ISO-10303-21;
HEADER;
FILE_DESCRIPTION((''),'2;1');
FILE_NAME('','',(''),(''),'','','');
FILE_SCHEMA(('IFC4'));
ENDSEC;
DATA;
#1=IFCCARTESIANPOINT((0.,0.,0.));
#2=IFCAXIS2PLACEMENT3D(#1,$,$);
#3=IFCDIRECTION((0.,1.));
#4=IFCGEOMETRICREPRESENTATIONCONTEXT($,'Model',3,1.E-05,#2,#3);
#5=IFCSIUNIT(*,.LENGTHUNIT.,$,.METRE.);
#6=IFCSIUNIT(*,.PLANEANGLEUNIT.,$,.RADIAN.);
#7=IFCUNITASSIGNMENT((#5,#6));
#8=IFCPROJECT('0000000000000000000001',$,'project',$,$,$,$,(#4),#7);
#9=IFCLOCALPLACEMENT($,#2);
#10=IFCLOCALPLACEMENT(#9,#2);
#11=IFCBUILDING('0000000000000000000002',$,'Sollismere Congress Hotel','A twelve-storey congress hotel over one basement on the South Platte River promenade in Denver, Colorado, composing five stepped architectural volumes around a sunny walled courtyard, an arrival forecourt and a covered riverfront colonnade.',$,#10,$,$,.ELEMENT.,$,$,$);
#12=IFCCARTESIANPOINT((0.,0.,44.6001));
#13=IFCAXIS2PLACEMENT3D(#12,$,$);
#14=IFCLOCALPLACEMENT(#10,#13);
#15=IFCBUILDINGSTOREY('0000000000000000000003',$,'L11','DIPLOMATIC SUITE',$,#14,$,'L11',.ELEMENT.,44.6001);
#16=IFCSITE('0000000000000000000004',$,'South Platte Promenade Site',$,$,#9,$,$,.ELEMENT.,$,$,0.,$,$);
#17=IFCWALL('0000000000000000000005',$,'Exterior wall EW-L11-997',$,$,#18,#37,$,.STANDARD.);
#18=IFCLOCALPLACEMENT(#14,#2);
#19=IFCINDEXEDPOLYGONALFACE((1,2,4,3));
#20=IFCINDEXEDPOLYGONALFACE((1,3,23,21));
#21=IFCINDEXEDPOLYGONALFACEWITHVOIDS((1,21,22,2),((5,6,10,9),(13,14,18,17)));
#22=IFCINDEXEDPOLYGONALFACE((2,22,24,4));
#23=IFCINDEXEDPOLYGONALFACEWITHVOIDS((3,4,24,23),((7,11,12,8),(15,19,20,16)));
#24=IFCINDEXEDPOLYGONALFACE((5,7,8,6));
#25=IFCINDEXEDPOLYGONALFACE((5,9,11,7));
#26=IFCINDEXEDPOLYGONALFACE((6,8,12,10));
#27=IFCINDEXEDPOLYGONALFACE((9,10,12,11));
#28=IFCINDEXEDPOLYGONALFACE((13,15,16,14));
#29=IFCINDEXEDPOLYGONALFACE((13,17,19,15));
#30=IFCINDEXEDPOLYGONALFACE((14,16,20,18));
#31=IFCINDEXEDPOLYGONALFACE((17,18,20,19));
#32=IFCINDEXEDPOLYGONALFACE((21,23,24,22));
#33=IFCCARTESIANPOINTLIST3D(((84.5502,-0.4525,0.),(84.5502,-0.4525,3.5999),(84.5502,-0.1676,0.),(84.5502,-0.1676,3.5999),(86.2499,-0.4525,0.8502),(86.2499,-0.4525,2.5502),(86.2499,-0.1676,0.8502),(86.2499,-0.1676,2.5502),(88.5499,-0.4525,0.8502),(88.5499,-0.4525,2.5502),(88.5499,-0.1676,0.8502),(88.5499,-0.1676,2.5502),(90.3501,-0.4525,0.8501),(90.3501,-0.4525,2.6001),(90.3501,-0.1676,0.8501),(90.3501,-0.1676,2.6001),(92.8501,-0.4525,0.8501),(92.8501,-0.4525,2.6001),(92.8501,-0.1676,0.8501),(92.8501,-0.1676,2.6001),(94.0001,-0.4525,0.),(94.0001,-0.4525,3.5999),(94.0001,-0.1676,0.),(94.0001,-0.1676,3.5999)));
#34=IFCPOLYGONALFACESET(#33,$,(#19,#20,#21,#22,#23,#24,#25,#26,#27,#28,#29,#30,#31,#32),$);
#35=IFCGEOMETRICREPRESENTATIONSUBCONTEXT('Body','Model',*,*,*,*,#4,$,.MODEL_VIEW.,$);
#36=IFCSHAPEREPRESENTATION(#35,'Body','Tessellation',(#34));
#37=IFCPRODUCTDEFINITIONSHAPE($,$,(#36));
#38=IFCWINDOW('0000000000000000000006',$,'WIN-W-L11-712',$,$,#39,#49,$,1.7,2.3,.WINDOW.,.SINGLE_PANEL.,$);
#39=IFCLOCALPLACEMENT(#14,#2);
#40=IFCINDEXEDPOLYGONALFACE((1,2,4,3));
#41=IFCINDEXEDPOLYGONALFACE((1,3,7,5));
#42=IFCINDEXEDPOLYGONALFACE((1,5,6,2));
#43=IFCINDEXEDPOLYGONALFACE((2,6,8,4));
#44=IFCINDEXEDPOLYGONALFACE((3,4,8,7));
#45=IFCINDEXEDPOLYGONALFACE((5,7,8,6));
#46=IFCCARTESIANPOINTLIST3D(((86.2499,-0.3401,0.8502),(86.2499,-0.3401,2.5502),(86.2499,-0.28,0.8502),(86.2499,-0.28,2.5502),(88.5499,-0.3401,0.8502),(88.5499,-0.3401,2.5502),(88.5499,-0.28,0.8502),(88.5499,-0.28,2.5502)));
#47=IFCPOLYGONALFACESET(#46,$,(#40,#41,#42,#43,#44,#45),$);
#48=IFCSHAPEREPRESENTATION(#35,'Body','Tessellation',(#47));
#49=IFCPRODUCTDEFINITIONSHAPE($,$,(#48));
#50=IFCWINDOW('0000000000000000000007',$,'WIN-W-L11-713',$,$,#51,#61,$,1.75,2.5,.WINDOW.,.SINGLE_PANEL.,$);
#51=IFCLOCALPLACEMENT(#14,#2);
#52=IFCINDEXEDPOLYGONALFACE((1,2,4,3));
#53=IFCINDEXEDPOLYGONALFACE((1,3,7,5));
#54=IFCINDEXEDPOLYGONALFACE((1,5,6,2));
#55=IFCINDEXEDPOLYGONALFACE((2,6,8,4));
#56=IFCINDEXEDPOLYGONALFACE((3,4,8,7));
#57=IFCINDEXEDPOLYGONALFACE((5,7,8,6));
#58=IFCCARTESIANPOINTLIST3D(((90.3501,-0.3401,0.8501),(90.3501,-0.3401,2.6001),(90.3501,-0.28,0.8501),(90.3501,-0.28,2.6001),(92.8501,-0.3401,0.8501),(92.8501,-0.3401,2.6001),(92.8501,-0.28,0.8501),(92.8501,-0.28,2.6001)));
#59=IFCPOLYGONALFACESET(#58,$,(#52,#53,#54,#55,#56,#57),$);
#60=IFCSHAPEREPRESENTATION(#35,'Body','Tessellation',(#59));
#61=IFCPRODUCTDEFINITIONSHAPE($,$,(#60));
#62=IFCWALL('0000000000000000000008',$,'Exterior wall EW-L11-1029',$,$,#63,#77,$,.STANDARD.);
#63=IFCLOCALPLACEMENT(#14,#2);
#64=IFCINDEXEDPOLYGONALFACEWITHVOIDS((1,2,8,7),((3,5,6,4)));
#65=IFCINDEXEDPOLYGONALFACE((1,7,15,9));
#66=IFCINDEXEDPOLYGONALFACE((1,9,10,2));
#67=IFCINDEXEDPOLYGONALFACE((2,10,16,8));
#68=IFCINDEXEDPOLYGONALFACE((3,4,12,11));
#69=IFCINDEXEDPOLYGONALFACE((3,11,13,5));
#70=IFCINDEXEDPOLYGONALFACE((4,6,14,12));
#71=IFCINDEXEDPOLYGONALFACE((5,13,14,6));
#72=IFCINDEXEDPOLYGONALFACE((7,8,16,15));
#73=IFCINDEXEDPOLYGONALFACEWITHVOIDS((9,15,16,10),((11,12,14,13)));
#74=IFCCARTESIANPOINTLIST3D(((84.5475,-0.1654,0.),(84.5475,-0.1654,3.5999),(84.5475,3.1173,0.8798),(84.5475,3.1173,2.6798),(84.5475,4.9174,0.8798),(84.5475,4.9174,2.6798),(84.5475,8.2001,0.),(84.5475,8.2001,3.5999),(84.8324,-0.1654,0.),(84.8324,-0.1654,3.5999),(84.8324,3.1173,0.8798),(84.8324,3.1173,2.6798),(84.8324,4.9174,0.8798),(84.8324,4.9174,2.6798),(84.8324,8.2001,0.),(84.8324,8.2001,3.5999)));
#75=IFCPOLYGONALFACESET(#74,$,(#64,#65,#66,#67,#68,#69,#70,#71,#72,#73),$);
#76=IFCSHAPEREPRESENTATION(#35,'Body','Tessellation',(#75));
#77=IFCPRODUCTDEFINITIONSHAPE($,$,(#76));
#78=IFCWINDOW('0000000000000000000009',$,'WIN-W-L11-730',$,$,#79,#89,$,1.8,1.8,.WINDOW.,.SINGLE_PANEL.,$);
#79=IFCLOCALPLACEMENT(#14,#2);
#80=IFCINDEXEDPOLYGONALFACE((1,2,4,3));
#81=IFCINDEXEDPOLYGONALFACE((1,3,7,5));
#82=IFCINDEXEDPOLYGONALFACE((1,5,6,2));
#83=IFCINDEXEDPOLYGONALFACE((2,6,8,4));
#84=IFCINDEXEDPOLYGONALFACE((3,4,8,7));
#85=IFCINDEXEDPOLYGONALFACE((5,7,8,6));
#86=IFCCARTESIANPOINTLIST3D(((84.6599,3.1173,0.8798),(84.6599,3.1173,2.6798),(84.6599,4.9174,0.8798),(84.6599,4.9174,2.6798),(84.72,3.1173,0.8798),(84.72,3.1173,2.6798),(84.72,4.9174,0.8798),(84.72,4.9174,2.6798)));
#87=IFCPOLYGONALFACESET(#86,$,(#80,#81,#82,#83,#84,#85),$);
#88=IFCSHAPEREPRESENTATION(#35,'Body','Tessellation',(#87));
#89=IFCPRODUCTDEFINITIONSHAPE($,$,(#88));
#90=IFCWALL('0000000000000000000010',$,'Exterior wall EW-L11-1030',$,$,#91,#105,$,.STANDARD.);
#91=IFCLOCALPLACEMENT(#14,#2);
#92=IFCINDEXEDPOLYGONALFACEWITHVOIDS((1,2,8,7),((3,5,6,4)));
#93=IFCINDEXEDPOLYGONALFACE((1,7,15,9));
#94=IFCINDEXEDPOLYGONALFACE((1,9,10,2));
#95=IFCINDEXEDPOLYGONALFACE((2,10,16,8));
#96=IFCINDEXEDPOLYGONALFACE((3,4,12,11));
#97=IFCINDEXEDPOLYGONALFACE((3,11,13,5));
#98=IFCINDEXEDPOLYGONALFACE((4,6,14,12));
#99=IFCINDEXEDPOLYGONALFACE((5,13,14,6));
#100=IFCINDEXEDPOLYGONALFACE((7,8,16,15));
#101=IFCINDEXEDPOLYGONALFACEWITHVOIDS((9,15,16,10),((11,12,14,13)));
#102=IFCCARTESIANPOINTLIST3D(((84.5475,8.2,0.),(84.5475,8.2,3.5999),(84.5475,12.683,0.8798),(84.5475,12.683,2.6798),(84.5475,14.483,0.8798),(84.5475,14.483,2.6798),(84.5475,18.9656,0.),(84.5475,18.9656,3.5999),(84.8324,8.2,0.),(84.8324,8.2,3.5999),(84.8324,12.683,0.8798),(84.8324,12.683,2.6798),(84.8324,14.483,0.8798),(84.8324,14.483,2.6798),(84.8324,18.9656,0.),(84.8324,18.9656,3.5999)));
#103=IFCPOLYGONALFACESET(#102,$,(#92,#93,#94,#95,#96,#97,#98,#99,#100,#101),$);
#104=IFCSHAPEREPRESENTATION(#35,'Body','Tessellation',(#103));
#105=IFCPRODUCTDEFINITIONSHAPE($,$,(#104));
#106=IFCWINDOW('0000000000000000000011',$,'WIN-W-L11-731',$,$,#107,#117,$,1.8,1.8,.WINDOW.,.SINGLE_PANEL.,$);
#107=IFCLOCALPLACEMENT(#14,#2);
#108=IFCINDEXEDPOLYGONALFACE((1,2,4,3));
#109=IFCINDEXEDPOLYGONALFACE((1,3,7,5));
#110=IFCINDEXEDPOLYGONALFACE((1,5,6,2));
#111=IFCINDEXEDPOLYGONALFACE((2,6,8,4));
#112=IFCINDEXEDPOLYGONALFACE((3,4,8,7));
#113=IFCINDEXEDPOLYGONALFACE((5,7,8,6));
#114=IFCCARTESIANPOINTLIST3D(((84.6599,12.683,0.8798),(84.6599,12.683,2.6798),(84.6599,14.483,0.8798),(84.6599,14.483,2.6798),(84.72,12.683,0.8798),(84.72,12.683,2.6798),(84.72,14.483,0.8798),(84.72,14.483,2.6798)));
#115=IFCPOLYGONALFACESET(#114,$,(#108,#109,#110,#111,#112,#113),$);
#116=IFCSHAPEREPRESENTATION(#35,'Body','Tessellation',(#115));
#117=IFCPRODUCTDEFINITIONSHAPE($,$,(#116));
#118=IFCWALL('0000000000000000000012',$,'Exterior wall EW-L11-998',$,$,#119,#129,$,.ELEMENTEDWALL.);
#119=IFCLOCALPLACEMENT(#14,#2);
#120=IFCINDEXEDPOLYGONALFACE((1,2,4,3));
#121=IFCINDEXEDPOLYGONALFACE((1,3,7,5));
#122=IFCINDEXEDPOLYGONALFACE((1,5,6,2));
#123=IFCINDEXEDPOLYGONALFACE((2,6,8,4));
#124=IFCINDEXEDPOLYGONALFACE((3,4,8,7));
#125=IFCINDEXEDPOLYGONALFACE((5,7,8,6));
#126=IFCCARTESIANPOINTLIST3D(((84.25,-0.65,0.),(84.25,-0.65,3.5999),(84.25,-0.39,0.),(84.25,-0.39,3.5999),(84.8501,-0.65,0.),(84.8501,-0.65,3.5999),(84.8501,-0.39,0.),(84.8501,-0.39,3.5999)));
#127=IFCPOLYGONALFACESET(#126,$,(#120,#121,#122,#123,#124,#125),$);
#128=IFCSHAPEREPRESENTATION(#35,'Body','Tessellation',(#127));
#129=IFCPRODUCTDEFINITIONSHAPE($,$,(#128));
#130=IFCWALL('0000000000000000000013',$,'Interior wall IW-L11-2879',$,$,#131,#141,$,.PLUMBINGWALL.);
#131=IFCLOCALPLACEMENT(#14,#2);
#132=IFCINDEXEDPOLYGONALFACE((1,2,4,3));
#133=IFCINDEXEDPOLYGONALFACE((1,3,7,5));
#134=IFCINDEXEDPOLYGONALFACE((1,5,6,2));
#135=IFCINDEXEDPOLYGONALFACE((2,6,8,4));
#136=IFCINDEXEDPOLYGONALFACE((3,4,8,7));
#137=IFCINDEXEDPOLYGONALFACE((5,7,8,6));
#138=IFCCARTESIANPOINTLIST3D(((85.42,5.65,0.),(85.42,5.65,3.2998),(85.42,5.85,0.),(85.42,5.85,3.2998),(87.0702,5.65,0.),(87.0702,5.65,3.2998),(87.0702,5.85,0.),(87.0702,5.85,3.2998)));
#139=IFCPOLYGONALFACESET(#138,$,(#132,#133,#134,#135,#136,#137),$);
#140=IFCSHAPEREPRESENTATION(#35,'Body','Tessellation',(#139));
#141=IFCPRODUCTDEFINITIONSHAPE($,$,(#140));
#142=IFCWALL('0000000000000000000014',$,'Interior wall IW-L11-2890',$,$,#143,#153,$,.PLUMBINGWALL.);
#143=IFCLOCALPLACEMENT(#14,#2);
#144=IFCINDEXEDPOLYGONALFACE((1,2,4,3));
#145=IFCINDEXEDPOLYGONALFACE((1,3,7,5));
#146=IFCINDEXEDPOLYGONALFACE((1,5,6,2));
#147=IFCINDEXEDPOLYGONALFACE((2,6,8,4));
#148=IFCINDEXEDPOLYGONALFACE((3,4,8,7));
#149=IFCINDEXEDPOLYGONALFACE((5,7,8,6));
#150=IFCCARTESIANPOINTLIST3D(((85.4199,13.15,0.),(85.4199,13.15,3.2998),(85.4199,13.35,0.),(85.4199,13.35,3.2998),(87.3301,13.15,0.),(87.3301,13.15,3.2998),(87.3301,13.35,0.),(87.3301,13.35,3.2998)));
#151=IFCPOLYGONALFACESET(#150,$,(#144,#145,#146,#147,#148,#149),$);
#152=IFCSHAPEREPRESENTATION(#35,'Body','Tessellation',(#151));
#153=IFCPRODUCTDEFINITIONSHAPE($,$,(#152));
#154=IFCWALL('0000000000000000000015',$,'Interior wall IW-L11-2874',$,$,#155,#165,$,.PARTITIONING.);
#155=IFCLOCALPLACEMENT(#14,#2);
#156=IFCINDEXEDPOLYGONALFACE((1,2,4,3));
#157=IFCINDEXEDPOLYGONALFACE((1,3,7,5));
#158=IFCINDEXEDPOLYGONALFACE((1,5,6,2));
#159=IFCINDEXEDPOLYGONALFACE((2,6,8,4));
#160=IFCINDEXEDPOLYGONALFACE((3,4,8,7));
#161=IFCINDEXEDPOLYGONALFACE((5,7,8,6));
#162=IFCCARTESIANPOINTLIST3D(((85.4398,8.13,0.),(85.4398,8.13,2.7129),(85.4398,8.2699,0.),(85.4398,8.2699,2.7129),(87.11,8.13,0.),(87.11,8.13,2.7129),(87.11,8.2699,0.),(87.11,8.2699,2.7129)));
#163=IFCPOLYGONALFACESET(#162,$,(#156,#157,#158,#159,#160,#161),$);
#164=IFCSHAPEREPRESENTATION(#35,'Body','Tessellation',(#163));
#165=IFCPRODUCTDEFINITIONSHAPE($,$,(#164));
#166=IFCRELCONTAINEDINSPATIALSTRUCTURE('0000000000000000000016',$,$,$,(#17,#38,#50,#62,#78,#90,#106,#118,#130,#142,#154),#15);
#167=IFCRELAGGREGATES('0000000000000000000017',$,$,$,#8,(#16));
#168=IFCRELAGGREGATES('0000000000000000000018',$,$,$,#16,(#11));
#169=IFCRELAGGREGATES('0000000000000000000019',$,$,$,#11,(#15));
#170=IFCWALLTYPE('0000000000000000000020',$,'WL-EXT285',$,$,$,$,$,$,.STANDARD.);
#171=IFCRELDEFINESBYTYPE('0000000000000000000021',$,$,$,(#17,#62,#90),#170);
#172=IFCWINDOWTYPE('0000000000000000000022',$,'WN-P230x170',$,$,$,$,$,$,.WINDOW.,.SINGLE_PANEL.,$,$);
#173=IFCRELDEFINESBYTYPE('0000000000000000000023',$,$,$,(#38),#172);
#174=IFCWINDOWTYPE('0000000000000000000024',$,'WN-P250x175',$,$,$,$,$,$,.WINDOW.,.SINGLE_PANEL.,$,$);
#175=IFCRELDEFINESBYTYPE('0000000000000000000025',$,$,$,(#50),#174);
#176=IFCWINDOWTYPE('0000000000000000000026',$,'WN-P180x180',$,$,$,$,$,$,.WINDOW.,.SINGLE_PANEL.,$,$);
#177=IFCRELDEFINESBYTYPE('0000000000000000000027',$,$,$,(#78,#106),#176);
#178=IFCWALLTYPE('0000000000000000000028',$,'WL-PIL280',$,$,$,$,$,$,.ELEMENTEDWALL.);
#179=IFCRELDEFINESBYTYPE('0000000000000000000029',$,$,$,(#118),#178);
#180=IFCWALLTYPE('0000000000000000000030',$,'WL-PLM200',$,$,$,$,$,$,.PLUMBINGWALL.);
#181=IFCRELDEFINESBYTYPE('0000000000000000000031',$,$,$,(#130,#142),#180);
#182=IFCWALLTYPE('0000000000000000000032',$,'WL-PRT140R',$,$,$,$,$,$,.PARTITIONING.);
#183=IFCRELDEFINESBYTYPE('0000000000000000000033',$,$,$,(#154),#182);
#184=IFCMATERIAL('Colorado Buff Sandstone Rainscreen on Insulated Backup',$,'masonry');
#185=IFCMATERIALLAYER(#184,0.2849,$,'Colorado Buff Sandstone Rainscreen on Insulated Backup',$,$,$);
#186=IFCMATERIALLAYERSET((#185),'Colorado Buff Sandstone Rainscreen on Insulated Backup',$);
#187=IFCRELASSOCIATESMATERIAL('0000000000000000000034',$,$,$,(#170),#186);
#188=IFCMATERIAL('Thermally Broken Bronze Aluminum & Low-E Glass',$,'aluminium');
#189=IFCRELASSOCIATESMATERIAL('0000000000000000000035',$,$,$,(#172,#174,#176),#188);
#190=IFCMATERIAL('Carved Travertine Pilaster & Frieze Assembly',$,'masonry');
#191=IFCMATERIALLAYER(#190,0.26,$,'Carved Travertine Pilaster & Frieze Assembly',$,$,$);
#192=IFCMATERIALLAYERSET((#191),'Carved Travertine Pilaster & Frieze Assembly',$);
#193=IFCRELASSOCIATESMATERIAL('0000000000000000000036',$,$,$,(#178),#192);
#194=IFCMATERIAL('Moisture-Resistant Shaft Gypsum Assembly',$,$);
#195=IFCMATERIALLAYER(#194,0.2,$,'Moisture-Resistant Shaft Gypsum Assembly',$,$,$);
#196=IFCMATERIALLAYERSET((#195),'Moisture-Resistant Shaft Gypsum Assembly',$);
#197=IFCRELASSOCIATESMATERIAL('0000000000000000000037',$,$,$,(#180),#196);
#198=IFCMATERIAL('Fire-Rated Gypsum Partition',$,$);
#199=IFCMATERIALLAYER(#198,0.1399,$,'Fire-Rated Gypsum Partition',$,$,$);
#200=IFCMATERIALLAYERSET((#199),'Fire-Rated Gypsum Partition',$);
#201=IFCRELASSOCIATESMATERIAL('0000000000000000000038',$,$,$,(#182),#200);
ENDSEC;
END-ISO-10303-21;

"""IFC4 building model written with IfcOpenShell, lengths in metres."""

from ifc_helpers import new_model, si_unit, direction, frame, frame_2d, origin, place, context, subcontext, project, spatial, rectangle, extrude, material, layer, layer_set, type_object, element, fill, save


model = new_model("IFC4")

# Units and contexts
model_context = context("Model", 3, precision=1e-05, world=origin(), true_north=direction((0.0, 1.0)))
body_context = subcontext(model_context, "Body", "Model", "MODEL_VIEW")
ifc_project = project(units=[si_unit("LENGTHUNIT", "METRE"), si_unit("PLANEANGLEUNIT", "RADIAN")], contexts=[model_context])

# Site, building, storey
site_placement = place(None, origin())
site = spatial("IfcSite", under=ifc_project, at=site_placement, Name="South Platte Promenade Site", CompositionType="ELEMENT", RefElevation=0.0)
building_placement = place(site_placement, origin())
building = spatial("IfcBuilding", under=site, at=building_placement, Name="Sollismere Congress Hotel", Description="A twelve-storey congress hotel over one basement on the South Platte River promenade in Denver, Colorado, composing five stepped architectural volumes around a sunny walled courtyard, an arrival forecourt and a covered riverfront colonnade.", CompositionType="ELEMENT")
storey_placement = place(building_placement, frame((0.0, 0.0, 44.6001)))
storey = spatial("IfcBuildingStorey", under=building, at=storey_placement, Name="L11", Description="DIPLOMATIC SUITE", LongName="L11", CompositionType="ELEMENT", Elevation=44.6001)

# Wall, openings, windows
ifc_material_1 = material(Name="Colorado Buff Sandstone Rainscreen on Insulated Backup", Category="masonry")
ifc_layer_1 = layer(ifc_material_1, 0.2849, Name="Colorado Buff Sandstone Rainscreen on Insulated Backup")
ifc_layer_set_1 = layer_set([ifc_layer_1], Name="Colorado Buff Sandstone Rainscreen on Insulated Backup")
wall_type_1 = type_object("IfcWallType", Name="WL-EXT285", PredefinedType="STANDARD", material=ifc_layer_set_1)
wall_1_placement = place(storey_placement, frame((84.55, -0.3101, 0.0), z_axis=(0.0, 0.0, 1.0), x_axis=(1.0, 0.0, 0.0)))
wall_1 = element("IfcWall", 1, at=wall_1_placement, inside=storey, type_object=wall_type_1, Name="Exterior wall EW-L11-997", PredefinedType="STANDARD", context=body_context, shape_type="SweptSolid", body=[
    extrude(rectangle(XDim=9.45, YDim=0.2849, at=frame_2d((4.7251, 0.0))), origin(), (0.0, 0.0, 1.0), 3.5999),
])
opening_1_placement = place(wall_1_placement, frame((1.7, 0.0, 0.8501)))
opening_1 = element("IfcOpeningElement", 2, at=opening_1_placement, cuts=wall_1, PredefinedType="OPENING", context=body_context, shape_type="SweptSolid", body=[
    extrude(rectangle(XDim=2.3, YDim=1.7, at=frame_2d((1.1499, 0.8501))), frame((0.0, 0.1523, 0.0), z_axis=(0.0, -1.0, 0.0), x_axis=(1.0, 0.0, 0.0)), (0.0, 0.0, 1.0), 0.3049),
])
opening_2_placement = place(wall_1_placement, frame((5.8, 0.0, 0.8501)))
opening_2 = element("IfcOpeningElement", 3, at=opening_2_placement, cuts=wall_1, PredefinedType="OPENING", context=body_context, shape_type="SweptSolid", body=[
    extrude(rectangle(XDim=2.5, YDim=1.75, at=frame_2d((1.25, 0.875))), frame((0.0, 0.1523, 0.0), z_axis=(0.0, -1.0, 0.0), x_axis=(1.0, 0.0, 0.0)), (0.0, 0.0, 1.0), 0.3049),
])
ifc_material_2 = material(Name="Thermally Broken Bronze Aluminum & Low-E Glass", Category="aluminium")
window_type_1 = type_object("IfcWindowType", Name="WN-P230x170", PartitioningType="SINGLE_PANEL", PredefinedType="WINDOW", material=ifc_material_2)
window_1_placement = place(opening_1_placement, origin())
window_1 = element("IfcWindow", 4, at=window_1_placement, inside=storey, type_object=window_type_1, Name="WIN-W-L11-712", OverallHeight=1.7, OverallWidth=2.3, PartitioningType="SINGLE_PANEL", PredefinedType="WINDOW", context=body_context, shape_type="SweptSolid", body=[
    extrude(rectangle(XDim=2.3, YDim=1.7, at=frame_2d((1.1499, 0.8501))), frame((0.0, 0.03, 0.0), z_axis=(0.0, -1.0, 0.0), x_axis=(1.0, 0.0, 0.0)), (0.0, 0.0, 1.0), 0.0601),
])
fill(opening_1, window_1)
window_type_2 = type_object("IfcWindowType", Name="WN-P250x175", PartitioningType="SINGLE_PANEL", PredefinedType="WINDOW", material=ifc_material_2)
window_2_placement = place(opening_2_placement, origin())
window_2 = element("IfcWindow", 5, at=window_2_placement, inside=storey, type_object=window_type_2, Name="WIN-W-L11-713", OverallHeight=1.75, OverallWidth=2.5, PartitioningType="SINGLE_PANEL", PredefinedType="WINDOW", context=body_context, shape_type="SweptSolid", body=[
    extrude(rectangle(XDim=2.5, YDim=1.75, at=frame_2d((1.25, 0.875))), frame((0.0, 0.03, 0.0), z_axis=(0.0, -1.0, 0.0), x_axis=(1.0, 0.0, 0.0)), (0.0, 0.0, 1.0), 0.0601),
])
fill(opening_2, window_2)

# Walls, openings, windows
wall_2_placement = place(storey_placement, frame((84.6899, 8.2, 0.0), z_axis=(0.0, 0.0, 1.0), x_axis=(0.0, -1.0, 0.0)))
wall_2 = element("IfcWall", 6, at=wall_2_placement, inside=storey, type_object=wall_type_1, Name="Exterior wall EW-L11-1029", PredefinedType="STANDARD", context=body_context, shape_type="SweptSolid", body=[
    extrude(rectangle(XDim=8.3655, YDim=0.2849, at=frame_2d((4.1826, 0.0))), origin(), (0.0, 0.0, 1.0), 3.5999),
])
opening_3_placement = place(wall_2_placement, frame((3.2827, 0.0, 0.8799)))
opening_3 = element("IfcOpeningElement", 7, at=opening_3_placement, cuts=wall_2, PredefinedType="OPENING", context=body_context, shape_type="SweptSolid", body=[
    extrude(rectangle(XDim=1.8, YDim=1.8, at=frame_2d((0.8999, 0.8999))), frame((0.0, 0.1523, 0.0), z_axis=(0.0, -1.0, 0.0), x_axis=(1.0, 0.0, 0.0)), (0.0, 0.0, 1.0), 0.3049),
])
window_type_3 = type_object("IfcWindowType", Name="WN-P180x180", PartitioningType="SINGLE_PANEL", PredefinedType="WINDOW", material=ifc_material_2)
window_3_placement = place(opening_3_placement, origin())
window_3 = element("IfcWindow", 8, at=window_3_placement, inside=storey, type_object=window_type_3, Name="WIN-W-L11-730", OverallHeight=1.8, OverallWidth=1.8, PartitioningType="SINGLE_PANEL", PredefinedType="WINDOW", context=body_context, shape_type="SweptSolid", body=[
    extrude(rectangle(XDim=1.8, YDim=1.8, at=frame_2d((0.8999, 0.8999))), frame((0.0, 0.03, 0.0), z_axis=(0.0, -1.0, 0.0), x_axis=(1.0, 0.0, 0.0)), (0.0, 0.0, 1.0), 0.0601),
])
fill(opening_3, window_3)
wall_3_placement = place(storey_placement, frame((84.6899, 18.9656, 0.0), z_axis=(0.0, 0.0, 1.0), x_axis=(0.0, -1.0, 0.0)))
wall_3 = element("IfcWall", 9, at=wall_3_placement, inside=storey, type_object=wall_type_1, Name="Exterior wall EW-L11-1030", PredefinedType="STANDARD", context=body_context, shape_type="SweptSolid", body=[
    extrude(rectangle(XDim=10.7656, YDim=0.2849, at=frame_2d((5.3828, 0.0))), origin(), (0.0, 0.0, 1.0), 3.5999),
])
opening_4_placement = place(wall_3_placement, frame((4.4827, 0.0, 0.8799)))
opening_4 = element("IfcOpeningElement", 10, at=opening_4_placement, cuts=wall_3, PredefinedType="OPENING", context=body_context, shape_type="SweptSolid", body=[
    extrude(rectangle(XDim=1.8, YDim=1.8, at=frame_2d((0.8999, 0.8999))), frame((0.0, 0.1523, 0.0), z_axis=(0.0, -1.0, 0.0), x_axis=(1.0, 0.0, 0.0)), (0.0, 0.0, 1.0), 0.3049),
])
window_4_placement = place(opening_4_placement, origin())
window_4 = element("IfcWindow", 11, at=window_4_placement, inside=storey, type_object=window_type_3, Name="WIN-W-L11-731", OverallHeight=1.8, OverallWidth=1.8, PartitioningType="SINGLE_PANEL", PredefinedType="WINDOW", context=body_context, shape_type="SweptSolid", body=[
    extrude(rectangle(XDim=1.8, YDim=1.8, at=frame_2d((0.8999, 0.8999))), frame((0.0, 0.03, 0.0), z_axis=(0.0, -1.0, 0.0), x_axis=(1.0, 0.0, 0.0)), (0.0, 0.0, 1.0), 0.0601),
])
fill(opening_4, window_4)

# Walls
ifc_material_3 = material(Name="Carved Travertine Pilaster & Frieze Assembly", Category="masonry")
ifc_layer_2 = layer(ifc_material_3, 0.26, Name="Carved Travertine Pilaster & Frieze Assembly")
ifc_layer_set_2 = layer_set([ifc_layer_2], Name="Carved Travertine Pilaster & Frieze Assembly")
wall_type_2 = type_object("IfcWallType", Name="WL-PIL280", PredefinedType="ELEMENTEDWALL", material=ifc_layer_set_2)
wall_4_placement = place(storey_placement, frame((84.25, -0.52, 0.0), z_axis=(0.0, 0.0, 1.0), x_axis=(1.0, 0.0, 0.0)))
element("IfcWall", 12, at=wall_4_placement, inside=storey, type_object=wall_type_2, Name="Exterior wall EW-L11-998", PredefinedType="ELEMENTEDWALL", context=body_context, shape_type="SweptSolid", body=[
    extrude(rectangle(XDim=0.6001, YDim=0.26, at=frame_2d((0.3, 0.0))), origin(), (0.0, 0.0, 1.0), 3.5999),
])
ifc_material_4 = material(Name="Moisture-Resistant Shaft Gypsum Assembly")
ifc_layer_3 = layer(ifc_material_4, 0.2, Name="Moisture-Resistant Shaft Gypsum Assembly")
ifc_layer_set_3 = layer_set([ifc_layer_3], Name="Moisture-Resistant Shaft Gypsum Assembly")
wall_type_3 = type_object("IfcWallType", Name="WL-PLM200", PredefinedType="PLUMBINGWALL", material=ifc_layer_set_3)
wall_5_placement = place(storey_placement, frame((85.4199, 5.75, 0.0), z_axis=(0.0, 0.0, 1.0), x_axis=(1.0, 0.0, 0.0)))
element("IfcWall", 13, at=wall_5_placement, inside=storey, type_object=wall_type_3, Name="Interior wall IW-L11-2879", PredefinedType="PLUMBINGWALL", context=body_context, shape_type="SweptSolid", body=[
    extrude(rectangle(XDim=1.6501, YDim=0.2, at=frame_2d((0.8252, 0.0))), origin(), (0.0, 0.0, 1.0), 3.2998),
])
wall_6_placement = place(storey_placement, frame((85.4199, 13.25, 0.0), z_axis=(0.0, 0.0, 1.0), x_axis=(1.0, 0.0, 0.0)))
element("IfcWall", 14, at=wall_6_placement, inside=storey, type_object=wall_type_3, Name="Interior wall IW-L11-2890", PredefinedType="PLUMBINGWALL", context=body_context, shape_type="SweptSolid", body=[
    extrude(rectangle(XDim=1.9102, YDim=0.2, at=frame_2d((0.9551, 0.0))), origin(), (0.0, 0.0, 1.0), 3.2998),
])
ifc_material_5 = material(Name="Fire-Rated Gypsum Partition")
ifc_layer_4 = layer(ifc_material_5, 0.1399, Name="Fire-Rated Gypsum Partition")
ifc_layer_set_4 = layer_set([ifc_layer_4], Name="Fire-Rated Gypsum Partition")
wall_type_4 = type_object("IfcWallType", Name="WL-PRT140R", PredefinedType="PARTITIONING", material=ifc_layer_set_4)
wall_7_placement = place(storey_placement, frame((85.4399, 8.2, 0.0), z_axis=(0.0, 0.0, 1.0), x_axis=(1.0, 0.0, 0.0)))
element("IfcWall", 15, at=wall_7_placement, inside=storey, type_object=wall_type_4, Name="Interior wall IW-L11-2874", PredefinedType="PARTITIONING", context=body_context, shape_type="SweptSolid", body=[
    extrude(rectangle(XDim=1.6702, YDim=0.1399, at=frame_2d((0.835, 0.0))), origin(), (0.0, 0.0, 1.0), 2.7129),
])

save(model, "model.ifc")
